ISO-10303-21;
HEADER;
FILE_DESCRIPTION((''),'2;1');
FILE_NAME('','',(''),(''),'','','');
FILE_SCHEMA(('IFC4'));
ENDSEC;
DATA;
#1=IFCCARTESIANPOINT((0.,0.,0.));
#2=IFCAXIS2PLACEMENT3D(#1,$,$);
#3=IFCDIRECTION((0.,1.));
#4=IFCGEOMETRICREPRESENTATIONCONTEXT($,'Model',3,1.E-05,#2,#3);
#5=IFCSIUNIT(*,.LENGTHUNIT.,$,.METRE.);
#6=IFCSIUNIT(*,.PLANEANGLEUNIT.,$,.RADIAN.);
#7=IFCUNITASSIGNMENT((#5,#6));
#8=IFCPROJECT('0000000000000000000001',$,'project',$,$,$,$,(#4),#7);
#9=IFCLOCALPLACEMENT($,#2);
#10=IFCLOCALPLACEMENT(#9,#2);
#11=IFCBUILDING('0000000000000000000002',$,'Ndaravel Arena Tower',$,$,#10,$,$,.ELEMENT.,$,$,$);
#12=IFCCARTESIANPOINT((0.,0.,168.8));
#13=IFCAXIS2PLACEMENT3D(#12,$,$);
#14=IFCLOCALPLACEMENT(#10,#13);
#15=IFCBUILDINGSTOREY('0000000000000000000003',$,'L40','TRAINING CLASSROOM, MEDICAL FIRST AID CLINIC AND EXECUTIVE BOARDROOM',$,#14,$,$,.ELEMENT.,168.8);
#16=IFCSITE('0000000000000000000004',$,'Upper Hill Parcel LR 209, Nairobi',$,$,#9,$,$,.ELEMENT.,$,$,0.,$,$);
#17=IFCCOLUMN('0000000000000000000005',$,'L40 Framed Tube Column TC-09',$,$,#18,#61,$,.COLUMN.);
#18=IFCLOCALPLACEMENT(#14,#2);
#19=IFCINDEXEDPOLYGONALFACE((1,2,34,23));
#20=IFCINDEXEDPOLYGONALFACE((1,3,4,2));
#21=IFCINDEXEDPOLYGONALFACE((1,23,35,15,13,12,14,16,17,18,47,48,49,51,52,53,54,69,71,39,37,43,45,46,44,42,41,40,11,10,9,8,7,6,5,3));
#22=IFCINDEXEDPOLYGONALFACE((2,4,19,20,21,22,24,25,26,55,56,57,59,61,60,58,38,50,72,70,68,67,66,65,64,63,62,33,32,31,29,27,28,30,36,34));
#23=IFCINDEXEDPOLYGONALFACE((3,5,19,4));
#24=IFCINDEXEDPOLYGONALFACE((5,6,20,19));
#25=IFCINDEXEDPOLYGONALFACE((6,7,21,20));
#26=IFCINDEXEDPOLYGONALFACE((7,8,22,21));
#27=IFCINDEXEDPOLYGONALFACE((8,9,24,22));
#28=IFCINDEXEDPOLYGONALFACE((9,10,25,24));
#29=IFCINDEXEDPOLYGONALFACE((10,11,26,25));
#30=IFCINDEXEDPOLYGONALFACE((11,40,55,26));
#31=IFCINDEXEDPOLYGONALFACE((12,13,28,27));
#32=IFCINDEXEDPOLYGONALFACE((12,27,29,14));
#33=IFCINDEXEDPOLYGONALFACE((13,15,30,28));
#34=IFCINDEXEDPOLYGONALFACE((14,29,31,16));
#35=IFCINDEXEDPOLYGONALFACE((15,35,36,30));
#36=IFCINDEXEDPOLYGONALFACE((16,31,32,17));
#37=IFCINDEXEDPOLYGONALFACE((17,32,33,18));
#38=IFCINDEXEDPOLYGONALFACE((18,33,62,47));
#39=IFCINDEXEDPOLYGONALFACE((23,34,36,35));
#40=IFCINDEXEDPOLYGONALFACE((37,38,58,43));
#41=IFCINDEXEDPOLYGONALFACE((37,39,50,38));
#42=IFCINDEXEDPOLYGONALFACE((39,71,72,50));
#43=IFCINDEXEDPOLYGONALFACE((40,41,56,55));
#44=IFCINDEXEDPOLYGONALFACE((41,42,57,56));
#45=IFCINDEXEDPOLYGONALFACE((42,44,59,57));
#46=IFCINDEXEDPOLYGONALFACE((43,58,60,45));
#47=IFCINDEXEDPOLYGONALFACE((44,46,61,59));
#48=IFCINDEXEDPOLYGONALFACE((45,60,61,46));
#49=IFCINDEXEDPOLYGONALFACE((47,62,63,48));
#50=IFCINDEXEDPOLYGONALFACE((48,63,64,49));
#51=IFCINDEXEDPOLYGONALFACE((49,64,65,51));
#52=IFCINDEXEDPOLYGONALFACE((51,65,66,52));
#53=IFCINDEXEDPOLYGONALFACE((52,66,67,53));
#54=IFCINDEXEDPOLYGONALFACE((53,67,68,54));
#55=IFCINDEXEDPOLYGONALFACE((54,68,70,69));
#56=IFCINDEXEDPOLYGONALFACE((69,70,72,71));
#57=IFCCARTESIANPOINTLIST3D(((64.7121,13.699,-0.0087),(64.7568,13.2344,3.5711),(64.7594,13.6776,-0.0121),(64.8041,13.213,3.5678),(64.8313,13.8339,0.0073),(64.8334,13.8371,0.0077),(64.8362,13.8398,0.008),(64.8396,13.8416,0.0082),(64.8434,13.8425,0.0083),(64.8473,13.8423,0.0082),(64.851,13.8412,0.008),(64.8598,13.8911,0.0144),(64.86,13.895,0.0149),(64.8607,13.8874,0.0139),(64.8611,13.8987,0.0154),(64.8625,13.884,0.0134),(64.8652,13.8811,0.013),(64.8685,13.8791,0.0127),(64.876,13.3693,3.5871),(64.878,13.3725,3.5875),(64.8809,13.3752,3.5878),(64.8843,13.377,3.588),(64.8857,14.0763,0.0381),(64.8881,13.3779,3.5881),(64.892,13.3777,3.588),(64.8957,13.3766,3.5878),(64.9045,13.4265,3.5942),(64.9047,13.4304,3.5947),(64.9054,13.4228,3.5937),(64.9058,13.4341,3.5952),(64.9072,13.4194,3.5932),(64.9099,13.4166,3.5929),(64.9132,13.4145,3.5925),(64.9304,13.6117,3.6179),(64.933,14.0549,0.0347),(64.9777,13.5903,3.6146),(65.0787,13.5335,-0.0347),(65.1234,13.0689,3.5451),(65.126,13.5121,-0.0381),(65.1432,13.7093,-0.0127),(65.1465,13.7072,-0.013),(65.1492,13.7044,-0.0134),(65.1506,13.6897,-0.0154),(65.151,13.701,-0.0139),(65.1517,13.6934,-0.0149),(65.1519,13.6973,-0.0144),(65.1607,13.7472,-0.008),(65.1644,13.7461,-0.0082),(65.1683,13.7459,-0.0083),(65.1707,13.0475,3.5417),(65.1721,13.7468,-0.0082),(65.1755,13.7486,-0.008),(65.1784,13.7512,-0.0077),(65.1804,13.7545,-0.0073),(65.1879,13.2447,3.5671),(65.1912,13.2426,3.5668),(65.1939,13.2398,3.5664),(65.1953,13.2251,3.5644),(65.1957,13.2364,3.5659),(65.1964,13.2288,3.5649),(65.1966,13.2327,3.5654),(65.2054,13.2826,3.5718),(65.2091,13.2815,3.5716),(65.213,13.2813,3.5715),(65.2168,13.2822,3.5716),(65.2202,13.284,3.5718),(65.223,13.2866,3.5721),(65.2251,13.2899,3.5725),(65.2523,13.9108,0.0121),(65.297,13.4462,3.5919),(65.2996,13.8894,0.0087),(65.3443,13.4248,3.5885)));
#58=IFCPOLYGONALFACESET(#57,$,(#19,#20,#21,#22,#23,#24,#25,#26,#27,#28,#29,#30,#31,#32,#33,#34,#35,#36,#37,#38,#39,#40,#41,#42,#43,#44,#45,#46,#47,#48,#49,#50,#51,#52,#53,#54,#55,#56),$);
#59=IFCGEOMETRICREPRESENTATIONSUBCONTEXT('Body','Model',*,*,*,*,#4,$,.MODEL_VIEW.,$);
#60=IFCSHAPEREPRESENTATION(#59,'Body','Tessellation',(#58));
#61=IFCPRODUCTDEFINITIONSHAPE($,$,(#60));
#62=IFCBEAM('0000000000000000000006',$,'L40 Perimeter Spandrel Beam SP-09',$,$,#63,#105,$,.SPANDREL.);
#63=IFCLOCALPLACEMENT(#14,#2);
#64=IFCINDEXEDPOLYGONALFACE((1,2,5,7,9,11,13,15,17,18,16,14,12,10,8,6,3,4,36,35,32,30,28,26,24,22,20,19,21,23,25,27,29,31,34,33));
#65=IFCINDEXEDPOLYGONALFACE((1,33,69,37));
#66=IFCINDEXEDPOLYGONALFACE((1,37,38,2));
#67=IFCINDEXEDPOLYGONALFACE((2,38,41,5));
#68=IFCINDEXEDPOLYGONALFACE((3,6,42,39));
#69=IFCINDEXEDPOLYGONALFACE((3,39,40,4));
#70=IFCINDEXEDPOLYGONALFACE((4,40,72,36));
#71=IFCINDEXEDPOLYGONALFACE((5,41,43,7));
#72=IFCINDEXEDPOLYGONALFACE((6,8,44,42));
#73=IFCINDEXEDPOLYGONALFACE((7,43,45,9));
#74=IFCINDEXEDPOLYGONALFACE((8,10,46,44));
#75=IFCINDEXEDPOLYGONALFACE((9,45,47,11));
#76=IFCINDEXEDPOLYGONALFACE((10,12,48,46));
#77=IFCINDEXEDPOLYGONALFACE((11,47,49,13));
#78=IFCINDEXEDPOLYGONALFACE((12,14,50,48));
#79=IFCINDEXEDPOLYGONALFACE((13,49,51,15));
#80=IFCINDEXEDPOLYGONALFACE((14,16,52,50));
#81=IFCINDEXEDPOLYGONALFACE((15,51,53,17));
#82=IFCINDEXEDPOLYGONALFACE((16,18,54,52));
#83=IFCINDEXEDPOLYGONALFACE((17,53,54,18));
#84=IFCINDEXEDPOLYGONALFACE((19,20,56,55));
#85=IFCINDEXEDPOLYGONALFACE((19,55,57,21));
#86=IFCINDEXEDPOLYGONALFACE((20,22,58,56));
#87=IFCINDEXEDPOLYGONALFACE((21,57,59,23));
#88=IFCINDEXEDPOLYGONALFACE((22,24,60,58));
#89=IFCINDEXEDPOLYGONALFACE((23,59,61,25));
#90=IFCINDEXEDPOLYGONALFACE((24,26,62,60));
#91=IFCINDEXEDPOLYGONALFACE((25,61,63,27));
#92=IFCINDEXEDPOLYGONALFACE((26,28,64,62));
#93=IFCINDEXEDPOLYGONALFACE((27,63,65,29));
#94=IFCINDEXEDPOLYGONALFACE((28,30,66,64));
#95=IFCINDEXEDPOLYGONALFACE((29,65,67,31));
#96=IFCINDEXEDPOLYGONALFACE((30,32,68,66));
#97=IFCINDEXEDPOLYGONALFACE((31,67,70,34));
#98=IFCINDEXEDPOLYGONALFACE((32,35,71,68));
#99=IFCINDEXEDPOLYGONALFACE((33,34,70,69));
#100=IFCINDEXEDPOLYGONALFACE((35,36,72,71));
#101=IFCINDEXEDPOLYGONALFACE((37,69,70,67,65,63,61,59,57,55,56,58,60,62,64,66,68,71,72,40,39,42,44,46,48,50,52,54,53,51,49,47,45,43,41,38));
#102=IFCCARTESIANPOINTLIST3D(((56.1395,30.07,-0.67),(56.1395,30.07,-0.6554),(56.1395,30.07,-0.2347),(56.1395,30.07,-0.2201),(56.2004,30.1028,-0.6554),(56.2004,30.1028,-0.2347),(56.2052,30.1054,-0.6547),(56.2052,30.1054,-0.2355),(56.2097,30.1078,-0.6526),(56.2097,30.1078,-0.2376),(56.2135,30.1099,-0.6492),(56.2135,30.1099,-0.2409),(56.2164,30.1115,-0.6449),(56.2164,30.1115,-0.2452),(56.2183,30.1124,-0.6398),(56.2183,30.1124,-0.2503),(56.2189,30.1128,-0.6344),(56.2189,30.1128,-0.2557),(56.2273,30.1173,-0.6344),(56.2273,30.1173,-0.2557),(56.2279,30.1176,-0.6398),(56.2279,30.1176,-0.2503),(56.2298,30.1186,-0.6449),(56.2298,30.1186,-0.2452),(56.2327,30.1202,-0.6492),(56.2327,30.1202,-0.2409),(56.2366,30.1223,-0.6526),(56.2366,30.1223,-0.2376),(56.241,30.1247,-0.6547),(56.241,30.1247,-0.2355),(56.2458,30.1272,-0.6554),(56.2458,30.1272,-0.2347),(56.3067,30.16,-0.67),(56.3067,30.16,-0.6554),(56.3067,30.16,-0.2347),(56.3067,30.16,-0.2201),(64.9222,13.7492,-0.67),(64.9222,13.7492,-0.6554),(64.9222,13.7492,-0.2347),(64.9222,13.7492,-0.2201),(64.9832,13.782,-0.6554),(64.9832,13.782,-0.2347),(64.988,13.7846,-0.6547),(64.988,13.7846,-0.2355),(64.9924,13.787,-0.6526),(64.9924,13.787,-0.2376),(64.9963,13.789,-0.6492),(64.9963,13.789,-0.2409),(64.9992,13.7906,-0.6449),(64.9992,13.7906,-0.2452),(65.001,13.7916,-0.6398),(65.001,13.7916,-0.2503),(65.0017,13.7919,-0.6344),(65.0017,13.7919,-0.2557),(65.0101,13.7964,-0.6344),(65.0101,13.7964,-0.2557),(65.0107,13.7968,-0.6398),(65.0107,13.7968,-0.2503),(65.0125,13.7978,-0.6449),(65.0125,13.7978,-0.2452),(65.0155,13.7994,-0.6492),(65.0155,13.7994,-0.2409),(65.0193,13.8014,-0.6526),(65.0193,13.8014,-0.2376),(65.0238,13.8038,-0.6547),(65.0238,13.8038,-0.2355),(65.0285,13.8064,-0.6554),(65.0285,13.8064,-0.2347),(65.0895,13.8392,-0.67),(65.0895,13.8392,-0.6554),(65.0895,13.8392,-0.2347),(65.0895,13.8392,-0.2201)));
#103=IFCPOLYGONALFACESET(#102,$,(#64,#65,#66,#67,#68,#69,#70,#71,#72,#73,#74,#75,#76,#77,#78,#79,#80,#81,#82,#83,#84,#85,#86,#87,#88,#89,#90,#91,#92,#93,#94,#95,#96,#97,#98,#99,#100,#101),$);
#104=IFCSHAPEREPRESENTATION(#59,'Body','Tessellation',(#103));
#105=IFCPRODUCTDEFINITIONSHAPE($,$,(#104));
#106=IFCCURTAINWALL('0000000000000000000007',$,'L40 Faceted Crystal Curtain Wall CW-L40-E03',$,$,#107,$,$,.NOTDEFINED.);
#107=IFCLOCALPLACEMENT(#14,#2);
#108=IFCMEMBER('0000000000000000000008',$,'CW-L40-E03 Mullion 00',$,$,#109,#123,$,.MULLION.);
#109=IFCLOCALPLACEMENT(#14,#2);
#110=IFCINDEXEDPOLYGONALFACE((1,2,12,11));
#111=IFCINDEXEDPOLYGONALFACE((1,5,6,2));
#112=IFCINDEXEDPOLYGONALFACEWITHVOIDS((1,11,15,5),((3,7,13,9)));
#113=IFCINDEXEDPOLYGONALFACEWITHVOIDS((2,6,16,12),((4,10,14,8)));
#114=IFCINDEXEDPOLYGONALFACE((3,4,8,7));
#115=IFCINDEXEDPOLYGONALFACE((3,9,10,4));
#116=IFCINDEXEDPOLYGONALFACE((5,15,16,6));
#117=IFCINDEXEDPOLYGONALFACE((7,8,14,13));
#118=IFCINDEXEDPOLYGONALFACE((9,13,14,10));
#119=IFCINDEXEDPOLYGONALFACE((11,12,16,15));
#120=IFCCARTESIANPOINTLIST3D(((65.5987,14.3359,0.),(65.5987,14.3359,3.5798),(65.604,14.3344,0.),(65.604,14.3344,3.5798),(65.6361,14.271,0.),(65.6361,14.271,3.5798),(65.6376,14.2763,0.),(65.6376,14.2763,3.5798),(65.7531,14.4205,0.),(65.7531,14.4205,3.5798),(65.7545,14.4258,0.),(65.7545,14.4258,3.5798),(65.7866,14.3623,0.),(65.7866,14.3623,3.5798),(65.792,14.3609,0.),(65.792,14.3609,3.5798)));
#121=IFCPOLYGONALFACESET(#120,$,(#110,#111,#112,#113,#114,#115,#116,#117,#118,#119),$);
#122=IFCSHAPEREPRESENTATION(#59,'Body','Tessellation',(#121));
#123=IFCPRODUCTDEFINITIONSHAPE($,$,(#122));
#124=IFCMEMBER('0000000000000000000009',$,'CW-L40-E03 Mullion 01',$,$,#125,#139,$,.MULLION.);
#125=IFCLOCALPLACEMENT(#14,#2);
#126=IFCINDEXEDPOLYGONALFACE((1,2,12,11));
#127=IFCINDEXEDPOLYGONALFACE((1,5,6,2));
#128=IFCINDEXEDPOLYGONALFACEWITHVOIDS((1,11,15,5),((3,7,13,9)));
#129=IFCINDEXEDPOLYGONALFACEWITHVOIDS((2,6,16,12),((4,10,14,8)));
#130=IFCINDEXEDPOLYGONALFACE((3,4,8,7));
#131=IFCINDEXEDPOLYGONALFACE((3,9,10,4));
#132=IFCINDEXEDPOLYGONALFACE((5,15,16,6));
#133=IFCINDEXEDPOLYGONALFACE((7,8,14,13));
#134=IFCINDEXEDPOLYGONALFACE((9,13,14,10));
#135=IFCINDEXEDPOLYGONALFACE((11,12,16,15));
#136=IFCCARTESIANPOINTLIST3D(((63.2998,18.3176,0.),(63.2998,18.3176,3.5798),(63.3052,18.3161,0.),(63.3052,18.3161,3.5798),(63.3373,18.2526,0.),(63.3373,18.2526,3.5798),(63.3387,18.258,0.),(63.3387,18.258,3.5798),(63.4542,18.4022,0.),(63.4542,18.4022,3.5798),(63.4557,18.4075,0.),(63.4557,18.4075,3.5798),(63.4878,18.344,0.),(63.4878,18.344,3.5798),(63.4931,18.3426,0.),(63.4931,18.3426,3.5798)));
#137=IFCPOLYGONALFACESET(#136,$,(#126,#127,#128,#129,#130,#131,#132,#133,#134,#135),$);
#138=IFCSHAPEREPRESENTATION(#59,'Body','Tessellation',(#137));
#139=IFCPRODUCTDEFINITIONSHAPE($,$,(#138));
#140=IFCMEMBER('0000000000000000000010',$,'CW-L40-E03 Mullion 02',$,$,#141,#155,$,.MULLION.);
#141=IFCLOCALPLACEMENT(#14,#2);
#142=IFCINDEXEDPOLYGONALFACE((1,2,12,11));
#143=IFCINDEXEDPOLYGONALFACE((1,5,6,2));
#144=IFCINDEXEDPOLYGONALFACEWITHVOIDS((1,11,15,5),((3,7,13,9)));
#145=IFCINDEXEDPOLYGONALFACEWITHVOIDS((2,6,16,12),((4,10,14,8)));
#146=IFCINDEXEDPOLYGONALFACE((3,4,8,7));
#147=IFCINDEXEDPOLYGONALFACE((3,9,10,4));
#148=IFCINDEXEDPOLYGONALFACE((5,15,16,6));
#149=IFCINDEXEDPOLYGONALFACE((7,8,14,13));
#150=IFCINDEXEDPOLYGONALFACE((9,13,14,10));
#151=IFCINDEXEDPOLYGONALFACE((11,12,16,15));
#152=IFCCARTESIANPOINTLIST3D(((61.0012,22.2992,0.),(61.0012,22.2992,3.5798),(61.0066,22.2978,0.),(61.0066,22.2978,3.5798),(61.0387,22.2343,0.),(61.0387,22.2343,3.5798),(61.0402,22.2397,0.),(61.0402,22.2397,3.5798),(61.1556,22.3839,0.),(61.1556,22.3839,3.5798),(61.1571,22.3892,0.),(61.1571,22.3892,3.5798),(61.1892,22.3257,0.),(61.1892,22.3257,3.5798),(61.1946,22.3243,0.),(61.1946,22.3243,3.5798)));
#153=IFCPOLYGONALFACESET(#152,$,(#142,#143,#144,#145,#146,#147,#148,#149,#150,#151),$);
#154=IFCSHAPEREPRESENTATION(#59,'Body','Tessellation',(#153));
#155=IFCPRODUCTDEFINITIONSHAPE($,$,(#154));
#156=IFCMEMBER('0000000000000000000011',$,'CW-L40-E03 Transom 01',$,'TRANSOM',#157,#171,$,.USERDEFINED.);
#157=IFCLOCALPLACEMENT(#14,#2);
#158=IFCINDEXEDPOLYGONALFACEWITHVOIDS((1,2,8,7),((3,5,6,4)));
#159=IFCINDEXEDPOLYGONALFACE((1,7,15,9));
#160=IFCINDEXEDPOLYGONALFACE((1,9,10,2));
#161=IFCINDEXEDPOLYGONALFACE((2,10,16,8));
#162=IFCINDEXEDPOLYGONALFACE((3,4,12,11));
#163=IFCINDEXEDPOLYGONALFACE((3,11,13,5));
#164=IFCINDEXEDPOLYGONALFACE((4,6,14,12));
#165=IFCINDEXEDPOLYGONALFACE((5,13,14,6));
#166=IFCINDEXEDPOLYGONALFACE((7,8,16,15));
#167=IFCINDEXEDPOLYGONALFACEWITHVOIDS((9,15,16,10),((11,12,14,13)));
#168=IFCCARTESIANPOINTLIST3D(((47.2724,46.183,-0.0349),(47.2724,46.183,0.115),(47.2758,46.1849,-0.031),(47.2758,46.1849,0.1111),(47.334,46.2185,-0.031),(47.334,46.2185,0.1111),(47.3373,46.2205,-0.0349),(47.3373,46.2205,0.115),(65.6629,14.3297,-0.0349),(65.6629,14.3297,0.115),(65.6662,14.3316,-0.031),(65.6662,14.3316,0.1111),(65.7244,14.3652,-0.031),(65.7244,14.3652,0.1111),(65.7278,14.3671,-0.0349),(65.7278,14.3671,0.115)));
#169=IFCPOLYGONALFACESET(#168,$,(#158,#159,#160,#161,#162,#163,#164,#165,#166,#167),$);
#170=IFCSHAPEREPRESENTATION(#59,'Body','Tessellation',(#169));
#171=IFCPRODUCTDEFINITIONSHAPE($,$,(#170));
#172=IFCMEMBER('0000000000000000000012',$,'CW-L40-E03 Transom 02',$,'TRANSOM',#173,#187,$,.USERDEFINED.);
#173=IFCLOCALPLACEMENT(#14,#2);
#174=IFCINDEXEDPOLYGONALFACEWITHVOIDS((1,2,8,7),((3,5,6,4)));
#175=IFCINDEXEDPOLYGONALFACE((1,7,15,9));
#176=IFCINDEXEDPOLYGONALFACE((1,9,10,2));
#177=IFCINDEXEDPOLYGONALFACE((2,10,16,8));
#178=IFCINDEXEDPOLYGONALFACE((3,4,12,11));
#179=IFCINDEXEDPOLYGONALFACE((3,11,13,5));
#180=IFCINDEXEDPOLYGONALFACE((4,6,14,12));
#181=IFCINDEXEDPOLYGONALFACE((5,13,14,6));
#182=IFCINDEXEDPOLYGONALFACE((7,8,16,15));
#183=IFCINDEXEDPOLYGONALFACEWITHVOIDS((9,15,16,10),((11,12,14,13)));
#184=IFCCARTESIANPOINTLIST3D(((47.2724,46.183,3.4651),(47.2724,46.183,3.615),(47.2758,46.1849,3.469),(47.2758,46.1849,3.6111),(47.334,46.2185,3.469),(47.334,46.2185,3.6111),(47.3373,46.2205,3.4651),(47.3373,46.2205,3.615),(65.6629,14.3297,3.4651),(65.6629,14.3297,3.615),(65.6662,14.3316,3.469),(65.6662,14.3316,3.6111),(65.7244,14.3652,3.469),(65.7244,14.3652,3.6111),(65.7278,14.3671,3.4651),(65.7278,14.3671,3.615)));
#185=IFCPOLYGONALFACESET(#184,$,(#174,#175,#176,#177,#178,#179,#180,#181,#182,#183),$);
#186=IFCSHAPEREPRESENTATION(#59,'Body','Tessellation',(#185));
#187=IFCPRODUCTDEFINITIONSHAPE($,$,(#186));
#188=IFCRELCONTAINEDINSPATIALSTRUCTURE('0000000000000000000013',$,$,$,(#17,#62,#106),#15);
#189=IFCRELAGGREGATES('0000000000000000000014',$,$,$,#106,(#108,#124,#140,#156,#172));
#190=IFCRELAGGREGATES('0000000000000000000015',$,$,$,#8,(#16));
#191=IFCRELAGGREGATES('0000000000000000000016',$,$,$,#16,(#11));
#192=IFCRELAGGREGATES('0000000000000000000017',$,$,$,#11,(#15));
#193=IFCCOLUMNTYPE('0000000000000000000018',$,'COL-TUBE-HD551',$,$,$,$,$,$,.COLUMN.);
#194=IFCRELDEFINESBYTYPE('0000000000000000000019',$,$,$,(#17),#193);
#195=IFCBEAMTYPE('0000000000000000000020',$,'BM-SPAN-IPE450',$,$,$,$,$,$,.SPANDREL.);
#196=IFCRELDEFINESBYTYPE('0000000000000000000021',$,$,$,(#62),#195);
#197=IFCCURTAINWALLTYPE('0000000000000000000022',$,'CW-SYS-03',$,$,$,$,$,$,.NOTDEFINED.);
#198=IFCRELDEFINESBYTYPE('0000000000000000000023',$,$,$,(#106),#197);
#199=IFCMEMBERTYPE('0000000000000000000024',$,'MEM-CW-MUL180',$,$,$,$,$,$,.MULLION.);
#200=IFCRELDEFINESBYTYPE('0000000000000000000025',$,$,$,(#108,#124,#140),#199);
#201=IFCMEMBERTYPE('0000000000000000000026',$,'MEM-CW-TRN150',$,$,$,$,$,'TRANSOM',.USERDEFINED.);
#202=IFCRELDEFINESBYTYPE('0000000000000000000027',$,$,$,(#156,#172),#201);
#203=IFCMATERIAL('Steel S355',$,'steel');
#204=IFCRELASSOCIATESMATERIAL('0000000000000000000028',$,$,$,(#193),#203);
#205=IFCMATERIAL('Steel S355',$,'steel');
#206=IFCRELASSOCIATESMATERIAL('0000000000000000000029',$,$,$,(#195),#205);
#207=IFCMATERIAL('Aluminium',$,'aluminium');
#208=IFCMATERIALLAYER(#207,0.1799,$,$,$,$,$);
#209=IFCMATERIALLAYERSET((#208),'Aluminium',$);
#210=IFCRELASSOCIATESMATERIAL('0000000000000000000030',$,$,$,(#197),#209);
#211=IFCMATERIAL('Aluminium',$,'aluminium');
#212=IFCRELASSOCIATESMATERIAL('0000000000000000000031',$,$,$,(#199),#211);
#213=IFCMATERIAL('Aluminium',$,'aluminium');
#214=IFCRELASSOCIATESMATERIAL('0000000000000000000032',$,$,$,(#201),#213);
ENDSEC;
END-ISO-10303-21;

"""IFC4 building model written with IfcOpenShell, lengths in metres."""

from ifc_helpers import new_model, si_unit, direction, frame, origin, origin_2d, place, context, subcontext, project, spatial, hollow_rectangle, i_section, extrude, material, layer, layer_set, material_profile, profile_set, type_object, element, aggregate, save


model = new_model("IFC4")

# Units and contexts
model_context = context("Model", 3, precision=1e-05, world=origin(), true_north=direction((0.0, 1.0)))
body_context = subcontext(model_context, "Body", "Model", "MODEL_VIEW")
ifc_project = project(units=[si_unit("LENGTHUNIT", "METRE"), si_unit("PLANEANGLEUNIT", "RADIAN")], contexts=[model_context])

# Site, building, storey
site_placement = place(None, origin())
site = spatial("IfcSite", under=ifc_project, at=site_placement, Name="Upper Hill Parcel LR 209, Nairobi", CompositionType="ELEMENT", RefElevation=0.0)
building_placement = place(site_placement, origin())
building = spatial("IfcBuilding", under=site, at=building_placement, Name="Ndaravel Arena Tower", CompositionType="ELEMENT")
storey_placement = place(building_placement, frame((0.0, 0.0, 168.8)))
storey = spatial("IfcBuildingStorey", under=building, at=storey_placement, Name="L40", Description="TRAINING CLASSROOM, MEDICAL FIRST AID CLINIC AND EXECUTIVE BOARDROOM", CompositionType="ELEMENT", Elevation=168.8)

# Column
ifc_material_1 = material(Name="Steel S355", Category="steel")
ifc_material_profile_1 = material_profile(ifc_material_1, i_section(OverallWidth=0.418, OverallDepth=0.4551, WebThickness=0.042, FlangeThickness=0.052, FilletRadius=0.0149, at=origin_2d()), Name="HD 400x551")
ifc_profile_set_1 = profile_set([ifc_material_profile_1], Name="Steel S355")
column_type = type_object("IfcColumnType", Name="COL-TUBE-HD551", PredefinedType="COLUMN", material=ifc_profile_set_1)
column_placement = place(storey_placement, frame((65.0059, 13.7942, 0.0), z_axis=(0.012376, -0.128693, 0.991607), x_axis=(0.415502, 0.902675, 0.111966)))
element("IfcColumn", 1, at=column_placement, inside=storey, type_object=column_type, Name="L40 Framed Tube Column TC-09", PredefinedType="COLUMN", context=body_context, shape_type="SweptSolid", body=[
    extrude(i_section(OverallWidth=0.418, OverallDepth=0.4551, WebThickness=0.042, FlangeThickness=0.052, FilletRadius=0.0149, at=origin_2d()), origin(), (0.0, 0.0, 1.0), 3.6101),
])

# Beam
ifc_material_2 = material(Name="Steel S355", Category="steel")
ifc_material_profile_2 = material_profile(ifc_material_2, i_section(OverallWidth=0.1899, OverallDepth=0.45, WebThickness=0.0095, FlangeThickness=0.0146, FilletRadius=0.021, at=origin_2d()), Name="IPE 450")
ifc_profile_set_2 = profile_set([ifc_material_profile_2], Name="Steel S355")
beam_type = type_object("IfcBeamType", Name="BM-SPAN-IPE450", PredefinedType="SPANDREL", material=ifc_profile_set_2)
beam_placement = place(storey_placement, frame((65.0059, 13.7942, -0.4451), z_axis=(-0.473874, 0.880593, 0.0), x_axis=(-0.880593, -0.473874, 0.0)))
element("IfcBeam", 2, at=beam_placement, inside=storey, type_object=beam_type, Name="L40 Perimeter Spandrel Beam SP-09", PredefinedType="SPANDREL", context=body_context, shape_type="SweptSolid", body=[
    extrude(i_section(OverallWidth=0.1899, OverallDepth=0.45, WebThickness=0.0095, FlangeThickness=0.0146, FilletRadius=0.021, at=origin_2d()), origin(), (0.0, 0.0, 1.0), 18.5339),
])

# Curtain wall, members
ifc_material_3 = material(Name="Aluminium", Category="aluminium")
ifc_layer_1 = layer(ifc_material_3, 0.1799)
ifc_layer_set_1 = layer_set([ifc_layer_1], Name="Aluminium")
curtain_wall_type = type_object("IfcCurtainWallType", Name="CW-SYS-03", PredefinedType="NOTDEFINED", material=ifc_layer_set_1)
curtain_wall_placement = place(storey_placement, origin())
curtain_wall = element("IfcCurtainWall", 3, at=curtain_wall_placement, inside=storey, type_object=curtain_wall_type, Name="L40 Faceted Crystal Curtain Wall CW-L40-E03", PredefinedType="NOTDEFINED")
ifc_material_4 = material(Name="Aluminium", Category="aluminium")
ifc_material_profile_3 = material_profile(ifc_material_4, hollow_rectangle(XDim=0.075, YDim=0.1799, WallThickness=0.0039, at=origin_2d()), Name="CW MULLION 75x180x4")
ifc_profile_set_3 = profile_set([ifc_material_profile_3], Name="Aluminium")
member_type_1 = type_object("IfcMemberType", Name="MEM-CW-MUL180", PredefinedType="MULLION", material=ifc_profile_set_3)
member_1_placement = place(storey_placement, frame((65.6953, 14.3484, 0.0), z_axis=(0.0, 0.0, 1.0), x_axis=(-0.5, 0.866025, 0.0)))
member_1 = element("IfcMember", 4, at=member_1_placement, type_object=member_type_1, Name="CW-L40-E03 Mullion 00", PredefinedType="MULLION", context=body_context, shape_type="SweptSolid", body=[
    extrude(hollow_rectangle(XDim=0.075, YDim=0.1799, WallThickness=0.0039, at=origin_2d()), origin(), (0.0, 0.0, 1.0), 3.5798),
])
member_2_placement = place(storey_placement, frame((63.3965, 18.3301, 0.0), z_axis=(0.0, 0.0, 1.0), x_axis=(-0.5, 0.866025, 0.0)))
member_2 = element("IfcMember", 5, at=member_2_placement, type_object=member_type_1, Name="CW-L40-E03 Mullion 01", PredefinedType="MULLION", context=body_context, shape_type="SweptSolid", body=[
    extrude(hollow_rectangle(XDim=0.075, YDim=0.1799, WallThickness=0.0039, at=origin_2d()), origin(), (0.0, 0.0, 1.0), 3.5798),
])
member_3_placement = place(storey_placement, frame((61.0979, 22.3118, 0.0), z_axis=(0.0, 0.0, 1.0), x_axis=(-0.5, 0.866025, 0.0)))
member_3 = element("IfcMember", 6, at=member_3_placement, type_object=member_type_1, Name="CW-L40-E03 Mullion 02", PredefinedType="MULLION", context=body_context, shape_type="SweptSolid", body=[
    extrude(hollow_rectangle(XDim=0.075, YDim=0.1799, WallThickness=0.0039, at=origin_2d()), origin(), (0.0, 0.0, 1.0), 3.5798),
])
ifc_material_5 = material(Name="Aluminium", Category="aluminium")
ifc_material_profile_4 = material_profile(ifc_material_5, hollow_rectangle(XDim=0.075, YDim=0.1499, WallThickness=0.0039, at=origin_2d()), Name="CW TRANSOM 75x150x4")
ifc_profile_set_4 = profile_set([ifc_material_profile_4], Name="Aluminium")
member_type_2 = type_object("IfcMemberType", Name="MEM-CW-TRN150", ElementType="TRANSOM", PredefinedType="USERDEFINED", material=ifc_profile_set_4)
member_4_placement = place(storey_placement, frame((65.6953, 14.3484, 0.04), z_axis=(-0.499998, 0.866027, 0.0), x_axis=(-0.866027, -0.499998, 0.0)))
member_4 = element("IfcMember", 7, at=member_4_placement, type_object=member_type_2, Name="CW-L40-E03 Transom 01", ObjectType="TRANSOM", PredefinedType="USERDEFINED", context=body_context, shape_type="SweptSolid", body=[
    extrude(hollow_rectangle(XDim=0.075, YDim=0.1499, WallThickness=0.0039, at=origin_2d()), origin(), (0.0, 0.0, 1.0), 36.781),
])
member_5_placement = place(storey_placement, frame((65.6953, 14.3484, 3.54), z_axis=(-0.499998, 0.866027, 0.0), x_axis=(-0.866027, -0.499998, 0.0)))
member_5 = element("IfcMember", 8, at=member_5_placement, type_object=member_type_2, Name="CW-L40-E03 Transom 02", ObjectType="TRANSOM", PredefinedType="USERDEFINED", context=body_context, shape_type="SweptSolid", body=[
    extrude(hollow_rectangle(XDim=0.075, YDim=0.1499, WallThickness=0.0039, at=origin_2d()), origin(), (0.0, 0.0, 1.0), 36.781),
])
aggregate(curtain_wall, [member_1, member_2, member_3, member_4, member_5])

save(model, "model.ifc")
